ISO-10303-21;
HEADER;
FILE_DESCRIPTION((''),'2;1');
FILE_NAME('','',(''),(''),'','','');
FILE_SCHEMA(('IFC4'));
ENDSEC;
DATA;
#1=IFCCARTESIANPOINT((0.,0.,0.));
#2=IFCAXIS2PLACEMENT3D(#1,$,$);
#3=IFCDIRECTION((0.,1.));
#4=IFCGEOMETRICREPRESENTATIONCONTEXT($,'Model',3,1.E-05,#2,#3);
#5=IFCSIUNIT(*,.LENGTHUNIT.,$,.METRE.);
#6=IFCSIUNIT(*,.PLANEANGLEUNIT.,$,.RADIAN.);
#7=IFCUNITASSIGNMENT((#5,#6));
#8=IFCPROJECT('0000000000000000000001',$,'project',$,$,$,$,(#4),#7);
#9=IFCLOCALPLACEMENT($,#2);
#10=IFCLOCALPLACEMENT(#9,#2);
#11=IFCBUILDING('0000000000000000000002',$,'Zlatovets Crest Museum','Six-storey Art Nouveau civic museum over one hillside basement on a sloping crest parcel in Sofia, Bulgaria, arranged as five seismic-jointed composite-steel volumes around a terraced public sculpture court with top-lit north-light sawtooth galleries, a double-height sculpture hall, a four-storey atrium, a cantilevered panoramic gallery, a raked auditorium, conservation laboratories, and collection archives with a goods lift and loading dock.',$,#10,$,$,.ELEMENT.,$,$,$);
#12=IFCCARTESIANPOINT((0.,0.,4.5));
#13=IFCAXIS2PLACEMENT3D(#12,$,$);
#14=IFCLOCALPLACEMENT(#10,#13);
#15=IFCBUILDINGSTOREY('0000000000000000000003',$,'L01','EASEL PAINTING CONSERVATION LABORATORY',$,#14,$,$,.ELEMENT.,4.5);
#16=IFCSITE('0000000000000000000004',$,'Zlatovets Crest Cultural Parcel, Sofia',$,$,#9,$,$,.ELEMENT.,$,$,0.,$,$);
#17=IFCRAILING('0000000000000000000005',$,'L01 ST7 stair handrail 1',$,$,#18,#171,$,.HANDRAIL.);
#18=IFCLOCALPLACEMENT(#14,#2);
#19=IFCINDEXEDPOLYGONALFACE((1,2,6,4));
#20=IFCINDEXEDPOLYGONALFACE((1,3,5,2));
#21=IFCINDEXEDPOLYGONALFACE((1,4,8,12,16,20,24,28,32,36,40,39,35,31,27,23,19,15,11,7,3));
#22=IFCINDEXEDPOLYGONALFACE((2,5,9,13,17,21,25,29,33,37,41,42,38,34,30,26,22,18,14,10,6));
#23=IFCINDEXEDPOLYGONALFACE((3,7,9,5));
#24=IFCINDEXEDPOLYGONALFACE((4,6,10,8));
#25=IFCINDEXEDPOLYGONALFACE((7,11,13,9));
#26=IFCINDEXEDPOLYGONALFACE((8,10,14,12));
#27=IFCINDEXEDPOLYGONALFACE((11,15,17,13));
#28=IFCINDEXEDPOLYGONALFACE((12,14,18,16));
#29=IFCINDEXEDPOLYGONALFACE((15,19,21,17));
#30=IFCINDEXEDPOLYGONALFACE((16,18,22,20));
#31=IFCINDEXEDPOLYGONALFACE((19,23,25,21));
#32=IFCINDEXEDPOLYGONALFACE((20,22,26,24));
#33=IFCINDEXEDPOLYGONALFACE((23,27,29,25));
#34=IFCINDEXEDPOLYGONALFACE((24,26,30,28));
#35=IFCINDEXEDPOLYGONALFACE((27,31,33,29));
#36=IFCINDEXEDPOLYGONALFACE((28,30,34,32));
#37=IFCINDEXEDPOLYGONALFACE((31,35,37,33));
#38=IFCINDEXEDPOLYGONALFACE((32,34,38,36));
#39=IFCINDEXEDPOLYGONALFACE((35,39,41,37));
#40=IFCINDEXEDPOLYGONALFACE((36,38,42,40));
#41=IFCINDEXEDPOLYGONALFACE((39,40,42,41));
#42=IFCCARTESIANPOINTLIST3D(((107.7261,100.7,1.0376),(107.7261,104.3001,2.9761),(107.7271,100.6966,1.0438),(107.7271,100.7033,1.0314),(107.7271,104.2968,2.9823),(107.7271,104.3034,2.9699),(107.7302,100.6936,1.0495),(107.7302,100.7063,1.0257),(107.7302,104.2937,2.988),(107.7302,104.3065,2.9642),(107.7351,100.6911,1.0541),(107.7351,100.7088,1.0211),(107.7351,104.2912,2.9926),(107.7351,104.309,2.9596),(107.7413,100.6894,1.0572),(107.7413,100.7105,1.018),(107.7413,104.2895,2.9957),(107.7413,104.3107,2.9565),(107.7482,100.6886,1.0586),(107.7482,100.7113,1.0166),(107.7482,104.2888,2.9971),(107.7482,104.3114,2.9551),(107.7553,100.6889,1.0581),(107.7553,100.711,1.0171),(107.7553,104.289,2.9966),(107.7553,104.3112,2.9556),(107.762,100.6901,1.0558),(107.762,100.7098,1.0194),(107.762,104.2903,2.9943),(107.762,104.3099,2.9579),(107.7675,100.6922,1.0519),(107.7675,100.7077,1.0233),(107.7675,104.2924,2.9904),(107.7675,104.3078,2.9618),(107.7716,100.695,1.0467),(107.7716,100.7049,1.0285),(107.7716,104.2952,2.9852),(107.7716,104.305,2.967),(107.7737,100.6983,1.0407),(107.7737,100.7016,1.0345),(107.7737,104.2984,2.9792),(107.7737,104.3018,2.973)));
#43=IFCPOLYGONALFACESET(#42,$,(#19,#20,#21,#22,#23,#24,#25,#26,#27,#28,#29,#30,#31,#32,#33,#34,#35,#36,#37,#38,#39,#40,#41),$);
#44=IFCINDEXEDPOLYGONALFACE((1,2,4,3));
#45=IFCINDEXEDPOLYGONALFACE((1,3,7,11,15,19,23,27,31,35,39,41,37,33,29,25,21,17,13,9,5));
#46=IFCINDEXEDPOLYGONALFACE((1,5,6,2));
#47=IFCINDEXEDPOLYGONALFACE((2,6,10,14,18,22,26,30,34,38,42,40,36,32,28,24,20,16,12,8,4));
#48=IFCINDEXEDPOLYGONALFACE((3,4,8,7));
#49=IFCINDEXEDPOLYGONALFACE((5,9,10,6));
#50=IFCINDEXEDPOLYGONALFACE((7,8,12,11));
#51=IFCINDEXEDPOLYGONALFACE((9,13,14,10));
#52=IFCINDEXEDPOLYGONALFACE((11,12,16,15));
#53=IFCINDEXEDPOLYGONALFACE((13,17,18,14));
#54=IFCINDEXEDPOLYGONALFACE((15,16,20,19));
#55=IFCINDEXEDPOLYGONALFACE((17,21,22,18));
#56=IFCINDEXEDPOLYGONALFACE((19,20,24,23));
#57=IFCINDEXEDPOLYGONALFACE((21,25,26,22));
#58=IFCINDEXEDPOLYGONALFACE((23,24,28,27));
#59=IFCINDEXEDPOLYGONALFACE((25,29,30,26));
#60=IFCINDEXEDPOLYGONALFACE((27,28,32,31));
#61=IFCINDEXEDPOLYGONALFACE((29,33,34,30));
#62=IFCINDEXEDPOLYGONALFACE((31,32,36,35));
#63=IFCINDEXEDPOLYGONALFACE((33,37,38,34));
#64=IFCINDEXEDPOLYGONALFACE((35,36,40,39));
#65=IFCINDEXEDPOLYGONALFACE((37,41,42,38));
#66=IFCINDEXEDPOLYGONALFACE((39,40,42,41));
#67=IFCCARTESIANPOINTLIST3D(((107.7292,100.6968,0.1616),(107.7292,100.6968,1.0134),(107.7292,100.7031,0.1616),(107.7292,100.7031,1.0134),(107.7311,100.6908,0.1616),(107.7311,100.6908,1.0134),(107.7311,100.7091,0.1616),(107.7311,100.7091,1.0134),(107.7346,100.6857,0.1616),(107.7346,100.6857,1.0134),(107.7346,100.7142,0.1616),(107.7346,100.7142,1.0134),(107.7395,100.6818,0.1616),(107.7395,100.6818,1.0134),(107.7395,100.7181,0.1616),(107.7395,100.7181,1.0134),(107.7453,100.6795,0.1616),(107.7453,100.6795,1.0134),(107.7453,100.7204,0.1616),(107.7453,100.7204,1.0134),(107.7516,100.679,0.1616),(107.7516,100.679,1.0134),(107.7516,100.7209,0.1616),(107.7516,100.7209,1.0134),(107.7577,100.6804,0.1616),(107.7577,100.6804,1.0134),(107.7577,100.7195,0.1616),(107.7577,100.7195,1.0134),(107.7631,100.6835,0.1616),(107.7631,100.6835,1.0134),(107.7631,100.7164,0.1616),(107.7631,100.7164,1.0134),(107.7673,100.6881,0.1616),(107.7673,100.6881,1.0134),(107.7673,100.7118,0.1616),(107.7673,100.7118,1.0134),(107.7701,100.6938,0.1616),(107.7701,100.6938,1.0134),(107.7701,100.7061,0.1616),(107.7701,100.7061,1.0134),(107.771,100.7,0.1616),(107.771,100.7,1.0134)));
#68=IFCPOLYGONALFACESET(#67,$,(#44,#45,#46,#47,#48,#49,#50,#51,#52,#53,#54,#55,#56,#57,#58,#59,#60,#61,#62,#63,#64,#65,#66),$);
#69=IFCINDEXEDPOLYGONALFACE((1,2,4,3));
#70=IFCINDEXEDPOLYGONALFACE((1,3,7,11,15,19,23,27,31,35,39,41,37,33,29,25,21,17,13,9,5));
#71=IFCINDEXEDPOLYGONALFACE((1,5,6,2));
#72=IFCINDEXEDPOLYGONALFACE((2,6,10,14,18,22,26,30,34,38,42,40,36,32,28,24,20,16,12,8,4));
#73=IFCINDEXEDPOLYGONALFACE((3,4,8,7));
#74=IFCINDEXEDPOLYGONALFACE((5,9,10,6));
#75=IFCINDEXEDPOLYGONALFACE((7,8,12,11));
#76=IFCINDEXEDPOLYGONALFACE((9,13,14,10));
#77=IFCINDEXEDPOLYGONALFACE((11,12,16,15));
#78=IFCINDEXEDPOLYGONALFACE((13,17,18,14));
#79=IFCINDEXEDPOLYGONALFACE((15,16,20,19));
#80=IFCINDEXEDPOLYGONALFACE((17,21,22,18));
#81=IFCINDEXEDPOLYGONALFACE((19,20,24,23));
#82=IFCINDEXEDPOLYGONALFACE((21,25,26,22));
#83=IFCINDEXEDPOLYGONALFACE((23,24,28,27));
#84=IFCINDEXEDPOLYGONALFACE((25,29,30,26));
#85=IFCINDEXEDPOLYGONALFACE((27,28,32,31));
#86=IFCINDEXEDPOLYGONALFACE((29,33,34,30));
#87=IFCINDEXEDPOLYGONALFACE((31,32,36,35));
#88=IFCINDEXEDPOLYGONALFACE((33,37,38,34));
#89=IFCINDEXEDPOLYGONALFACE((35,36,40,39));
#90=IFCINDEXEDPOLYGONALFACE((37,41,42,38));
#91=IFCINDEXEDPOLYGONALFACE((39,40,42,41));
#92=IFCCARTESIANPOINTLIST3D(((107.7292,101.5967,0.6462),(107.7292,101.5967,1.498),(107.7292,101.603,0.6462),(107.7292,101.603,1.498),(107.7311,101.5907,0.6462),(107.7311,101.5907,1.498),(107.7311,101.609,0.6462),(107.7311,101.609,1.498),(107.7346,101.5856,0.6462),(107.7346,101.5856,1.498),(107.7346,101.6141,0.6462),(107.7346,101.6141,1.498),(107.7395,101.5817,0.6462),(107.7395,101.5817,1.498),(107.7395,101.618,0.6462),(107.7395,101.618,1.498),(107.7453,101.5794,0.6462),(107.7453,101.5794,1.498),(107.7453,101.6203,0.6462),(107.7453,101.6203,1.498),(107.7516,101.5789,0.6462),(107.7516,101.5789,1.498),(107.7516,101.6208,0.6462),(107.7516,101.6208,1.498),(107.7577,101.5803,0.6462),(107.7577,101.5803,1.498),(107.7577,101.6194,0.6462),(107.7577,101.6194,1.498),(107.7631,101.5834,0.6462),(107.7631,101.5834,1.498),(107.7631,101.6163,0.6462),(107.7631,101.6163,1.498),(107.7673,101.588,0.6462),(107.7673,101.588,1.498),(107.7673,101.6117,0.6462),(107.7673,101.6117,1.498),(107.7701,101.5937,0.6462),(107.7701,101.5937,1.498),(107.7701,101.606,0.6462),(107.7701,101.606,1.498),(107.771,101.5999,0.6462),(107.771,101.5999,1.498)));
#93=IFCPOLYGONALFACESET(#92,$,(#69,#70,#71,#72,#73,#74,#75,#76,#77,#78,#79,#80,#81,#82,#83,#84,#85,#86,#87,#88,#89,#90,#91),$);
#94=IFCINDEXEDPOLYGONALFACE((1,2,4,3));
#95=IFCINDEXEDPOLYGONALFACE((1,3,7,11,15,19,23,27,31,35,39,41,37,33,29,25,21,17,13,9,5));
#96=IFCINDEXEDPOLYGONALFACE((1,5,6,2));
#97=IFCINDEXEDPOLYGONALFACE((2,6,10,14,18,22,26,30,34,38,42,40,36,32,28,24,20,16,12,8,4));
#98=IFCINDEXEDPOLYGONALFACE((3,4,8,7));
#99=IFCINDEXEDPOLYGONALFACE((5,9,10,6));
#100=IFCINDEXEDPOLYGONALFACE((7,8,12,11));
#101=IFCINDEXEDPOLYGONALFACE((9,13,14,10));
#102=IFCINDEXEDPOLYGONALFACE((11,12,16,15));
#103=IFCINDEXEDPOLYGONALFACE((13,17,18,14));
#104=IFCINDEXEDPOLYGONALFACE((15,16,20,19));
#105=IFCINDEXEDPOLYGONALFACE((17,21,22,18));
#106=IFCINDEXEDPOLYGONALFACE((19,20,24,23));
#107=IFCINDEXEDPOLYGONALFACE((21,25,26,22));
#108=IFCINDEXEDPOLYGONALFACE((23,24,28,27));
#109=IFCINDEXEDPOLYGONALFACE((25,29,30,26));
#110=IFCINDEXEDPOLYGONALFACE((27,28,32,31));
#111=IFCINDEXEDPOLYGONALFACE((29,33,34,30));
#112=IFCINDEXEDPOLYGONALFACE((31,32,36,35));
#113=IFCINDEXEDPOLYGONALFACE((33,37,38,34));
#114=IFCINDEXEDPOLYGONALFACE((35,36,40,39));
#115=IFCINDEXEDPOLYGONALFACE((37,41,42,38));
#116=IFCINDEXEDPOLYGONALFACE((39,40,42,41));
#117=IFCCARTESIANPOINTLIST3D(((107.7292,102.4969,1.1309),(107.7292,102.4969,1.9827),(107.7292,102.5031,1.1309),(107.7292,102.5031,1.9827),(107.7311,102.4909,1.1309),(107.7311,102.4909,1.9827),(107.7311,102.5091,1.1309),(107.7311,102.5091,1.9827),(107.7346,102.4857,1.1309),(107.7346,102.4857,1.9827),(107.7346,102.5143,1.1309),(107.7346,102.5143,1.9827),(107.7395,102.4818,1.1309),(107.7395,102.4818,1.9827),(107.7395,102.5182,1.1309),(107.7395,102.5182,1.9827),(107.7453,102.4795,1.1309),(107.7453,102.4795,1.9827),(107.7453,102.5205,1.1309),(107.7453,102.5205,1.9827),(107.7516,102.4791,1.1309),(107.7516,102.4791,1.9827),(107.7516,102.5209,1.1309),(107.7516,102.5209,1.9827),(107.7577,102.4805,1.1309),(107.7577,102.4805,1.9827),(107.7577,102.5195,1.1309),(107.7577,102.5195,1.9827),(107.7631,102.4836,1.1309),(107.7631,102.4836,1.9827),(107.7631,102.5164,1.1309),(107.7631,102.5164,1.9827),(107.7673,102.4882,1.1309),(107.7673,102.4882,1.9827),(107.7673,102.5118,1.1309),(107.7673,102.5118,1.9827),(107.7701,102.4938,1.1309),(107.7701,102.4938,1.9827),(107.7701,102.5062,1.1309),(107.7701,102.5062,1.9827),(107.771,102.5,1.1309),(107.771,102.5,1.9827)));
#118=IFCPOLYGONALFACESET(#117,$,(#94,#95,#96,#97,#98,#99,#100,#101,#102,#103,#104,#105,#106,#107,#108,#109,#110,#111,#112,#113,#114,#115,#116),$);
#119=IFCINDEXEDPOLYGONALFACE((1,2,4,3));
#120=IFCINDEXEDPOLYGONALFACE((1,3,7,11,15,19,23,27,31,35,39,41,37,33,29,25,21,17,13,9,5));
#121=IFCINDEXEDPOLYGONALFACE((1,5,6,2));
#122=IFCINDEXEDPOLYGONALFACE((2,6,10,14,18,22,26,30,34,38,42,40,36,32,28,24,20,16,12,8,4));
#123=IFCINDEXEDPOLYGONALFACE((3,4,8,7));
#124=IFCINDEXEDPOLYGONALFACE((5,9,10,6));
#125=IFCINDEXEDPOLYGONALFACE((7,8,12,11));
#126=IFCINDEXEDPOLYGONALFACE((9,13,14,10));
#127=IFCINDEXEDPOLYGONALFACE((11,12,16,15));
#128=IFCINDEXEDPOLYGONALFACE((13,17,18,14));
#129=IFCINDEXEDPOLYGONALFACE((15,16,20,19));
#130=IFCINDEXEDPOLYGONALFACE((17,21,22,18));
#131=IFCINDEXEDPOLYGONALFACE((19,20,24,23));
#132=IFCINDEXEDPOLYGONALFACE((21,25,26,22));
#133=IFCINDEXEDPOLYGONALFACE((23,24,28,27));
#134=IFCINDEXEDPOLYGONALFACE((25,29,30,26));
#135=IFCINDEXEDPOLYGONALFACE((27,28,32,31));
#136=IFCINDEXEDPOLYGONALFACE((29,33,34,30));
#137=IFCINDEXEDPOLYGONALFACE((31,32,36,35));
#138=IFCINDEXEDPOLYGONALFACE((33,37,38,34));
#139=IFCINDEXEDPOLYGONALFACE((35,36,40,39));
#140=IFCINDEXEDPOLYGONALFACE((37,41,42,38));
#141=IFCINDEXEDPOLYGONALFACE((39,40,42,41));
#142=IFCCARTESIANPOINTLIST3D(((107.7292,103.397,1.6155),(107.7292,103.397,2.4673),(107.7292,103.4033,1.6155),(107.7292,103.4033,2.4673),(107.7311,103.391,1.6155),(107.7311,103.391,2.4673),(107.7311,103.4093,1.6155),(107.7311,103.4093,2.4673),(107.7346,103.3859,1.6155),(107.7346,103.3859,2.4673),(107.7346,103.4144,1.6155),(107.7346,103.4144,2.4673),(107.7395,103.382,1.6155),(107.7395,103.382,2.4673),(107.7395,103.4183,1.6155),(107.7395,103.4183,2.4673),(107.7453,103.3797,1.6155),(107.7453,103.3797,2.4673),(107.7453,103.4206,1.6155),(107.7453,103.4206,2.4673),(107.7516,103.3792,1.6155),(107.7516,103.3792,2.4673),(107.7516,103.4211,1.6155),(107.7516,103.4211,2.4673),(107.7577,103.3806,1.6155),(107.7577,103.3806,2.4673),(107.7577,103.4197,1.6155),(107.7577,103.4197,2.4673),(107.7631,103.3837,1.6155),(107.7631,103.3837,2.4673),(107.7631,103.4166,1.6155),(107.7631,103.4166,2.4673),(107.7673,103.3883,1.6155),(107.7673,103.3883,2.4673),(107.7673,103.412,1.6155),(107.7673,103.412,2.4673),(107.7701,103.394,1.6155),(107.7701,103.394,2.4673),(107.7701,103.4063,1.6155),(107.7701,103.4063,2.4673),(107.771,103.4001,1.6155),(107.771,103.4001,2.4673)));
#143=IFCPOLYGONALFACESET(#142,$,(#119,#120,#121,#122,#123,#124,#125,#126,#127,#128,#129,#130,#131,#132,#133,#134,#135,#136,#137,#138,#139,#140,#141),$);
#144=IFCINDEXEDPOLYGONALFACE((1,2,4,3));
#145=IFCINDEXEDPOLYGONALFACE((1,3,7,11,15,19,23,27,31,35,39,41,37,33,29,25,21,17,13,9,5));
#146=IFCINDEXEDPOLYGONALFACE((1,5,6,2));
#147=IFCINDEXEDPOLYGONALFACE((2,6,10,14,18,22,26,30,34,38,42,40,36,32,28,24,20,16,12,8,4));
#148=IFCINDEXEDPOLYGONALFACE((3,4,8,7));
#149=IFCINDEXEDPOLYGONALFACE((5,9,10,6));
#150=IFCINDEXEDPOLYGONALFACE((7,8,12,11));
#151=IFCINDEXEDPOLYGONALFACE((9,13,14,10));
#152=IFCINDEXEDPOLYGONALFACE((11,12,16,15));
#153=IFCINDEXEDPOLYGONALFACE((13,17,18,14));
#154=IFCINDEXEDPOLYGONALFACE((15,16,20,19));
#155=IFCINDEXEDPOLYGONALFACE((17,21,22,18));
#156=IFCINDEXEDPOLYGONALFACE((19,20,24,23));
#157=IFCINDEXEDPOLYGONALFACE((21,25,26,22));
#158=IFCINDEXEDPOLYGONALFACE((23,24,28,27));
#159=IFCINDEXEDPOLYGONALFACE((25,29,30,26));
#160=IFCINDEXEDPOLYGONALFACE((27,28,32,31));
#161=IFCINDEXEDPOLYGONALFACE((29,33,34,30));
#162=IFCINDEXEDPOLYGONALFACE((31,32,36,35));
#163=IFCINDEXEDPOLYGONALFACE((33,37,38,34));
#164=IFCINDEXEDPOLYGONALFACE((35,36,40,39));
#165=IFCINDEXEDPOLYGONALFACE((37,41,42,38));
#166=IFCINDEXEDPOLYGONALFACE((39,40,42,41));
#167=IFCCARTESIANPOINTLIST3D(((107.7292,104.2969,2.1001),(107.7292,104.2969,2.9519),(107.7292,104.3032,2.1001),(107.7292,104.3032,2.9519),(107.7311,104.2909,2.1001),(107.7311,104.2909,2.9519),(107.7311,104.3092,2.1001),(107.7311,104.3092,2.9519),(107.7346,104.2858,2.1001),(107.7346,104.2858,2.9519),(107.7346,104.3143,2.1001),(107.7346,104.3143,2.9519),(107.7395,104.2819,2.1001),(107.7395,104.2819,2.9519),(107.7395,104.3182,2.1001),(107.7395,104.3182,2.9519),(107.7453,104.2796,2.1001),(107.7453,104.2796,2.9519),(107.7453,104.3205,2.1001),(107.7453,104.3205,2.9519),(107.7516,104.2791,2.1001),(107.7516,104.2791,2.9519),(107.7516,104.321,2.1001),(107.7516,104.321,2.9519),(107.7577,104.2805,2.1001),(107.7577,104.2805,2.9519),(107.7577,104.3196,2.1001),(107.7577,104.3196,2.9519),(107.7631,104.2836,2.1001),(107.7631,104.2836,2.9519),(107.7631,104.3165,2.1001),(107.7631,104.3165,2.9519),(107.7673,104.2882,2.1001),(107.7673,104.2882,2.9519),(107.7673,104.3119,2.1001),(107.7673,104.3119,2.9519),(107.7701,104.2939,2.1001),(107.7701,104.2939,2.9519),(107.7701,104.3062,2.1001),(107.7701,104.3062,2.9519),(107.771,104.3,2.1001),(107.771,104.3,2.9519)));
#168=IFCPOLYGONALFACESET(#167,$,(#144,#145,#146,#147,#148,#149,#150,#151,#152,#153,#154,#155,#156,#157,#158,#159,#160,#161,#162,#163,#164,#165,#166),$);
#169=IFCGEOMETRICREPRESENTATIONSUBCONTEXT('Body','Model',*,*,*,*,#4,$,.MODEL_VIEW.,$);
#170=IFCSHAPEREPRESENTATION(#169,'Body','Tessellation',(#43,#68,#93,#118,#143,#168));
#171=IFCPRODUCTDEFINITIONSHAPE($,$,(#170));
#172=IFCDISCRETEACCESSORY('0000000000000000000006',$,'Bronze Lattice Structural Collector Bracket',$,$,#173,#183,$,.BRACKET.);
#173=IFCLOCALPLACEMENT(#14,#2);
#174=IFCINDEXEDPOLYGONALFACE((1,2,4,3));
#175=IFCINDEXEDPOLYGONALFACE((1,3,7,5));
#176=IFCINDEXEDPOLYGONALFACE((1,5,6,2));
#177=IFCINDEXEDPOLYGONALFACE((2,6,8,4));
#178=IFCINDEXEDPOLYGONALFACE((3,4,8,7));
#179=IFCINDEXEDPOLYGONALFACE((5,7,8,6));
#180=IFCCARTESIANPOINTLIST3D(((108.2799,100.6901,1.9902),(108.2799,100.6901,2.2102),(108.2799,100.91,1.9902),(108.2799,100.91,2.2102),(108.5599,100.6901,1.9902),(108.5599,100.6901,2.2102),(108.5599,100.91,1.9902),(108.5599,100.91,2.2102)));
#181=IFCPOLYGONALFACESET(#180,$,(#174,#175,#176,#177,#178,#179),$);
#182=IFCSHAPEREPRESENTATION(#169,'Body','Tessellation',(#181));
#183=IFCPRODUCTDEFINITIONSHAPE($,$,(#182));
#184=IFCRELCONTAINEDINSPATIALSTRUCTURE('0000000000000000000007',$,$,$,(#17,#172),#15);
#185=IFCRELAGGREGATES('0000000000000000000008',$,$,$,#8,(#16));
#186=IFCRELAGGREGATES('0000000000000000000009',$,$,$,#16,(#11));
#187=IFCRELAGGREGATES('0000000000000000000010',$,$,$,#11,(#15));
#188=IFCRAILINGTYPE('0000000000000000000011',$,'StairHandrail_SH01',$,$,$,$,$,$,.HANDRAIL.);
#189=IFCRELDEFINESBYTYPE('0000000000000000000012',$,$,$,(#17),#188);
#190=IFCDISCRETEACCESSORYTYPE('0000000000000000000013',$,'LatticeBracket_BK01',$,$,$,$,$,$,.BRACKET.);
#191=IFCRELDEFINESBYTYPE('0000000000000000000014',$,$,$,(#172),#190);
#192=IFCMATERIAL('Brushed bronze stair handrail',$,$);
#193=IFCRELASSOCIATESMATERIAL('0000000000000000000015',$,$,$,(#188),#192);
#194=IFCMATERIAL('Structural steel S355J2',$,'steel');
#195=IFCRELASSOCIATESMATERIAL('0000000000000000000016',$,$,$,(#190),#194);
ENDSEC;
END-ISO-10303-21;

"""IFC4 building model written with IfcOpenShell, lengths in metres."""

from ifc_helpers import new_model, si_unit, direction, frame, origin, origin_2d, place, context, subcontext, project, spatial, rectangle, circle, extrude, material, type_object, element, save


model = new_model("IFC4")

# Units and contexts
model_context = context("Model", 3, precision=1e-05, world=origin(), true_north=direction((0.0, 1.0)))
body_context = subcontext(model_context, "Body", "Model", "MODEL_VIEW")
ifc_project = project(units=[si_unit("LENGTHUNIT", "METRE"), si_unit("PLANEANGLEUNIT", "RADIAN")], contexts=[model_context])

# Site, building, storey
site_placement = place(None, origin())
site = spatial("IfcSite", under=ifc_project, at=site_placement, Name="Zlatovets Crest Cultural Parcel, Sofia", CompositionType="ELEMENT", RefElevation=0.0)
building_placement = place(site_placement, origin())
building = spatial("IfcBuilding", under=site, at=building_placement, Name="Zlatovets Crest Museum", Description="Six-storey Art Nouveau civic museum over one hillside basement on a sloping crest parcel in Sofia, Bulgaria, arranged as five seismic-jointed composite-steel volumes around a terraced public sculpture court with top-lit north-light sawtooth galleries, a double-height sculpture hall, a four-storey atrium, a cantilevered panoramic gallery, a raked auditorium, conservation laboratories, and collection archives with a goods lift and loading dock.", CompositionType="ELEMENT")
storey_placement = place(building_placement, frame((0.0, 0.0, 4.5)))
storey = spatial("IfcBuildingStorey", under=building, at=storey_placement, Name="L01", Description="EASEL PAINTING CONSERVATION LABORATORY", CompositionType="ELEMENT", Elevation=4.5)

# Shared definitions
ifc_material_1 = material(Name="Structural steel S355J2", Category="steel")

# Railing
ifc_material_2 = material(Name="Brushed bronze stair handrail")
railing_type_1 = type_object("IfcRailingType", Name="StairHandrail_SH01", PredefinedType="HANDRAIL", material=ifc_material_2)
railing_1_placement = place(storey_placement, frame((107.75, 100.7, 0.1616)))
element("IfcRailing", 1, at=railing_1_placement, inside=storey, type_object=railing_type_1, Name="L01 ST7 stair handrail 1", PredefinedType="HANDRAIL", context=body_context, shape_type="SweptSolid", body=[
    extrude(circle(Radius=0.0239, at=origin_2d()), frame((0.0, 0.0, 0.876), z_axis=(0.0, 0.880475, 0.474093), x_axis=(-1.0, 0.0, 0.0)), (0.0, 0.0, 1.0), 4.0889),
    extrude(circle(Radius=0.021, at=origin_2d()), origin(), (0.0, 0.0, 1.0), 0.8518),
    extrude(circle(Radius=0.021, at=origin_2d()), frame((0.0, 0.8999, 0.4846)), (0.0, 0.0, 1.0), 0.8518),
    extrude(circle(Radius=0.021, at=origin_2d()), frame((0.0, 1.8, 0.9692)), (0.0, 0.0, 1.0), 0.8518),
    extrude(circle(Radius=0.021, at=origin_2d()), frame((0.0, 2.7002, 1.4539)), (0.0, 0.0, 1.0), 0.8518),
    extrude(circle(Radius=0.021, at=origin_2d()), frame((0.0, 3.6001, 1.9385)), (0.0, 0.0, 1.0), 0.8518),
])

# Discrete accessory
discrete_accessory_type = type_object("IfcDiscreteAccessoryType", Name="LatticeBracket_BK01", PredefinedType="BRACKET", material=ifc_material_1)
discrete_accessory_placement = place(storey_placement, frame((108.4199, 100.8, 1.9902), z_axis=(0.0, 0.0, 1.0), x_axis=(1.0, 0.0, 0.0)))
element("IfcDiscreteAccessory", 2, at=discrete_accessory_placement, inside=storey, type_object=discrete_accessory_type, Name="Bronze Lattice Structural Collector Bracket", PredefinedType="BRACKET", context=body_context, shape_type="SweptSolid", body=[
    extrude(rectangle(XDim=0.28, YDim=0.22, at=origin_2d()), origin(), (0.0, 0.0, 1.0), 0.22),
])

save(model, "model.ifc")
